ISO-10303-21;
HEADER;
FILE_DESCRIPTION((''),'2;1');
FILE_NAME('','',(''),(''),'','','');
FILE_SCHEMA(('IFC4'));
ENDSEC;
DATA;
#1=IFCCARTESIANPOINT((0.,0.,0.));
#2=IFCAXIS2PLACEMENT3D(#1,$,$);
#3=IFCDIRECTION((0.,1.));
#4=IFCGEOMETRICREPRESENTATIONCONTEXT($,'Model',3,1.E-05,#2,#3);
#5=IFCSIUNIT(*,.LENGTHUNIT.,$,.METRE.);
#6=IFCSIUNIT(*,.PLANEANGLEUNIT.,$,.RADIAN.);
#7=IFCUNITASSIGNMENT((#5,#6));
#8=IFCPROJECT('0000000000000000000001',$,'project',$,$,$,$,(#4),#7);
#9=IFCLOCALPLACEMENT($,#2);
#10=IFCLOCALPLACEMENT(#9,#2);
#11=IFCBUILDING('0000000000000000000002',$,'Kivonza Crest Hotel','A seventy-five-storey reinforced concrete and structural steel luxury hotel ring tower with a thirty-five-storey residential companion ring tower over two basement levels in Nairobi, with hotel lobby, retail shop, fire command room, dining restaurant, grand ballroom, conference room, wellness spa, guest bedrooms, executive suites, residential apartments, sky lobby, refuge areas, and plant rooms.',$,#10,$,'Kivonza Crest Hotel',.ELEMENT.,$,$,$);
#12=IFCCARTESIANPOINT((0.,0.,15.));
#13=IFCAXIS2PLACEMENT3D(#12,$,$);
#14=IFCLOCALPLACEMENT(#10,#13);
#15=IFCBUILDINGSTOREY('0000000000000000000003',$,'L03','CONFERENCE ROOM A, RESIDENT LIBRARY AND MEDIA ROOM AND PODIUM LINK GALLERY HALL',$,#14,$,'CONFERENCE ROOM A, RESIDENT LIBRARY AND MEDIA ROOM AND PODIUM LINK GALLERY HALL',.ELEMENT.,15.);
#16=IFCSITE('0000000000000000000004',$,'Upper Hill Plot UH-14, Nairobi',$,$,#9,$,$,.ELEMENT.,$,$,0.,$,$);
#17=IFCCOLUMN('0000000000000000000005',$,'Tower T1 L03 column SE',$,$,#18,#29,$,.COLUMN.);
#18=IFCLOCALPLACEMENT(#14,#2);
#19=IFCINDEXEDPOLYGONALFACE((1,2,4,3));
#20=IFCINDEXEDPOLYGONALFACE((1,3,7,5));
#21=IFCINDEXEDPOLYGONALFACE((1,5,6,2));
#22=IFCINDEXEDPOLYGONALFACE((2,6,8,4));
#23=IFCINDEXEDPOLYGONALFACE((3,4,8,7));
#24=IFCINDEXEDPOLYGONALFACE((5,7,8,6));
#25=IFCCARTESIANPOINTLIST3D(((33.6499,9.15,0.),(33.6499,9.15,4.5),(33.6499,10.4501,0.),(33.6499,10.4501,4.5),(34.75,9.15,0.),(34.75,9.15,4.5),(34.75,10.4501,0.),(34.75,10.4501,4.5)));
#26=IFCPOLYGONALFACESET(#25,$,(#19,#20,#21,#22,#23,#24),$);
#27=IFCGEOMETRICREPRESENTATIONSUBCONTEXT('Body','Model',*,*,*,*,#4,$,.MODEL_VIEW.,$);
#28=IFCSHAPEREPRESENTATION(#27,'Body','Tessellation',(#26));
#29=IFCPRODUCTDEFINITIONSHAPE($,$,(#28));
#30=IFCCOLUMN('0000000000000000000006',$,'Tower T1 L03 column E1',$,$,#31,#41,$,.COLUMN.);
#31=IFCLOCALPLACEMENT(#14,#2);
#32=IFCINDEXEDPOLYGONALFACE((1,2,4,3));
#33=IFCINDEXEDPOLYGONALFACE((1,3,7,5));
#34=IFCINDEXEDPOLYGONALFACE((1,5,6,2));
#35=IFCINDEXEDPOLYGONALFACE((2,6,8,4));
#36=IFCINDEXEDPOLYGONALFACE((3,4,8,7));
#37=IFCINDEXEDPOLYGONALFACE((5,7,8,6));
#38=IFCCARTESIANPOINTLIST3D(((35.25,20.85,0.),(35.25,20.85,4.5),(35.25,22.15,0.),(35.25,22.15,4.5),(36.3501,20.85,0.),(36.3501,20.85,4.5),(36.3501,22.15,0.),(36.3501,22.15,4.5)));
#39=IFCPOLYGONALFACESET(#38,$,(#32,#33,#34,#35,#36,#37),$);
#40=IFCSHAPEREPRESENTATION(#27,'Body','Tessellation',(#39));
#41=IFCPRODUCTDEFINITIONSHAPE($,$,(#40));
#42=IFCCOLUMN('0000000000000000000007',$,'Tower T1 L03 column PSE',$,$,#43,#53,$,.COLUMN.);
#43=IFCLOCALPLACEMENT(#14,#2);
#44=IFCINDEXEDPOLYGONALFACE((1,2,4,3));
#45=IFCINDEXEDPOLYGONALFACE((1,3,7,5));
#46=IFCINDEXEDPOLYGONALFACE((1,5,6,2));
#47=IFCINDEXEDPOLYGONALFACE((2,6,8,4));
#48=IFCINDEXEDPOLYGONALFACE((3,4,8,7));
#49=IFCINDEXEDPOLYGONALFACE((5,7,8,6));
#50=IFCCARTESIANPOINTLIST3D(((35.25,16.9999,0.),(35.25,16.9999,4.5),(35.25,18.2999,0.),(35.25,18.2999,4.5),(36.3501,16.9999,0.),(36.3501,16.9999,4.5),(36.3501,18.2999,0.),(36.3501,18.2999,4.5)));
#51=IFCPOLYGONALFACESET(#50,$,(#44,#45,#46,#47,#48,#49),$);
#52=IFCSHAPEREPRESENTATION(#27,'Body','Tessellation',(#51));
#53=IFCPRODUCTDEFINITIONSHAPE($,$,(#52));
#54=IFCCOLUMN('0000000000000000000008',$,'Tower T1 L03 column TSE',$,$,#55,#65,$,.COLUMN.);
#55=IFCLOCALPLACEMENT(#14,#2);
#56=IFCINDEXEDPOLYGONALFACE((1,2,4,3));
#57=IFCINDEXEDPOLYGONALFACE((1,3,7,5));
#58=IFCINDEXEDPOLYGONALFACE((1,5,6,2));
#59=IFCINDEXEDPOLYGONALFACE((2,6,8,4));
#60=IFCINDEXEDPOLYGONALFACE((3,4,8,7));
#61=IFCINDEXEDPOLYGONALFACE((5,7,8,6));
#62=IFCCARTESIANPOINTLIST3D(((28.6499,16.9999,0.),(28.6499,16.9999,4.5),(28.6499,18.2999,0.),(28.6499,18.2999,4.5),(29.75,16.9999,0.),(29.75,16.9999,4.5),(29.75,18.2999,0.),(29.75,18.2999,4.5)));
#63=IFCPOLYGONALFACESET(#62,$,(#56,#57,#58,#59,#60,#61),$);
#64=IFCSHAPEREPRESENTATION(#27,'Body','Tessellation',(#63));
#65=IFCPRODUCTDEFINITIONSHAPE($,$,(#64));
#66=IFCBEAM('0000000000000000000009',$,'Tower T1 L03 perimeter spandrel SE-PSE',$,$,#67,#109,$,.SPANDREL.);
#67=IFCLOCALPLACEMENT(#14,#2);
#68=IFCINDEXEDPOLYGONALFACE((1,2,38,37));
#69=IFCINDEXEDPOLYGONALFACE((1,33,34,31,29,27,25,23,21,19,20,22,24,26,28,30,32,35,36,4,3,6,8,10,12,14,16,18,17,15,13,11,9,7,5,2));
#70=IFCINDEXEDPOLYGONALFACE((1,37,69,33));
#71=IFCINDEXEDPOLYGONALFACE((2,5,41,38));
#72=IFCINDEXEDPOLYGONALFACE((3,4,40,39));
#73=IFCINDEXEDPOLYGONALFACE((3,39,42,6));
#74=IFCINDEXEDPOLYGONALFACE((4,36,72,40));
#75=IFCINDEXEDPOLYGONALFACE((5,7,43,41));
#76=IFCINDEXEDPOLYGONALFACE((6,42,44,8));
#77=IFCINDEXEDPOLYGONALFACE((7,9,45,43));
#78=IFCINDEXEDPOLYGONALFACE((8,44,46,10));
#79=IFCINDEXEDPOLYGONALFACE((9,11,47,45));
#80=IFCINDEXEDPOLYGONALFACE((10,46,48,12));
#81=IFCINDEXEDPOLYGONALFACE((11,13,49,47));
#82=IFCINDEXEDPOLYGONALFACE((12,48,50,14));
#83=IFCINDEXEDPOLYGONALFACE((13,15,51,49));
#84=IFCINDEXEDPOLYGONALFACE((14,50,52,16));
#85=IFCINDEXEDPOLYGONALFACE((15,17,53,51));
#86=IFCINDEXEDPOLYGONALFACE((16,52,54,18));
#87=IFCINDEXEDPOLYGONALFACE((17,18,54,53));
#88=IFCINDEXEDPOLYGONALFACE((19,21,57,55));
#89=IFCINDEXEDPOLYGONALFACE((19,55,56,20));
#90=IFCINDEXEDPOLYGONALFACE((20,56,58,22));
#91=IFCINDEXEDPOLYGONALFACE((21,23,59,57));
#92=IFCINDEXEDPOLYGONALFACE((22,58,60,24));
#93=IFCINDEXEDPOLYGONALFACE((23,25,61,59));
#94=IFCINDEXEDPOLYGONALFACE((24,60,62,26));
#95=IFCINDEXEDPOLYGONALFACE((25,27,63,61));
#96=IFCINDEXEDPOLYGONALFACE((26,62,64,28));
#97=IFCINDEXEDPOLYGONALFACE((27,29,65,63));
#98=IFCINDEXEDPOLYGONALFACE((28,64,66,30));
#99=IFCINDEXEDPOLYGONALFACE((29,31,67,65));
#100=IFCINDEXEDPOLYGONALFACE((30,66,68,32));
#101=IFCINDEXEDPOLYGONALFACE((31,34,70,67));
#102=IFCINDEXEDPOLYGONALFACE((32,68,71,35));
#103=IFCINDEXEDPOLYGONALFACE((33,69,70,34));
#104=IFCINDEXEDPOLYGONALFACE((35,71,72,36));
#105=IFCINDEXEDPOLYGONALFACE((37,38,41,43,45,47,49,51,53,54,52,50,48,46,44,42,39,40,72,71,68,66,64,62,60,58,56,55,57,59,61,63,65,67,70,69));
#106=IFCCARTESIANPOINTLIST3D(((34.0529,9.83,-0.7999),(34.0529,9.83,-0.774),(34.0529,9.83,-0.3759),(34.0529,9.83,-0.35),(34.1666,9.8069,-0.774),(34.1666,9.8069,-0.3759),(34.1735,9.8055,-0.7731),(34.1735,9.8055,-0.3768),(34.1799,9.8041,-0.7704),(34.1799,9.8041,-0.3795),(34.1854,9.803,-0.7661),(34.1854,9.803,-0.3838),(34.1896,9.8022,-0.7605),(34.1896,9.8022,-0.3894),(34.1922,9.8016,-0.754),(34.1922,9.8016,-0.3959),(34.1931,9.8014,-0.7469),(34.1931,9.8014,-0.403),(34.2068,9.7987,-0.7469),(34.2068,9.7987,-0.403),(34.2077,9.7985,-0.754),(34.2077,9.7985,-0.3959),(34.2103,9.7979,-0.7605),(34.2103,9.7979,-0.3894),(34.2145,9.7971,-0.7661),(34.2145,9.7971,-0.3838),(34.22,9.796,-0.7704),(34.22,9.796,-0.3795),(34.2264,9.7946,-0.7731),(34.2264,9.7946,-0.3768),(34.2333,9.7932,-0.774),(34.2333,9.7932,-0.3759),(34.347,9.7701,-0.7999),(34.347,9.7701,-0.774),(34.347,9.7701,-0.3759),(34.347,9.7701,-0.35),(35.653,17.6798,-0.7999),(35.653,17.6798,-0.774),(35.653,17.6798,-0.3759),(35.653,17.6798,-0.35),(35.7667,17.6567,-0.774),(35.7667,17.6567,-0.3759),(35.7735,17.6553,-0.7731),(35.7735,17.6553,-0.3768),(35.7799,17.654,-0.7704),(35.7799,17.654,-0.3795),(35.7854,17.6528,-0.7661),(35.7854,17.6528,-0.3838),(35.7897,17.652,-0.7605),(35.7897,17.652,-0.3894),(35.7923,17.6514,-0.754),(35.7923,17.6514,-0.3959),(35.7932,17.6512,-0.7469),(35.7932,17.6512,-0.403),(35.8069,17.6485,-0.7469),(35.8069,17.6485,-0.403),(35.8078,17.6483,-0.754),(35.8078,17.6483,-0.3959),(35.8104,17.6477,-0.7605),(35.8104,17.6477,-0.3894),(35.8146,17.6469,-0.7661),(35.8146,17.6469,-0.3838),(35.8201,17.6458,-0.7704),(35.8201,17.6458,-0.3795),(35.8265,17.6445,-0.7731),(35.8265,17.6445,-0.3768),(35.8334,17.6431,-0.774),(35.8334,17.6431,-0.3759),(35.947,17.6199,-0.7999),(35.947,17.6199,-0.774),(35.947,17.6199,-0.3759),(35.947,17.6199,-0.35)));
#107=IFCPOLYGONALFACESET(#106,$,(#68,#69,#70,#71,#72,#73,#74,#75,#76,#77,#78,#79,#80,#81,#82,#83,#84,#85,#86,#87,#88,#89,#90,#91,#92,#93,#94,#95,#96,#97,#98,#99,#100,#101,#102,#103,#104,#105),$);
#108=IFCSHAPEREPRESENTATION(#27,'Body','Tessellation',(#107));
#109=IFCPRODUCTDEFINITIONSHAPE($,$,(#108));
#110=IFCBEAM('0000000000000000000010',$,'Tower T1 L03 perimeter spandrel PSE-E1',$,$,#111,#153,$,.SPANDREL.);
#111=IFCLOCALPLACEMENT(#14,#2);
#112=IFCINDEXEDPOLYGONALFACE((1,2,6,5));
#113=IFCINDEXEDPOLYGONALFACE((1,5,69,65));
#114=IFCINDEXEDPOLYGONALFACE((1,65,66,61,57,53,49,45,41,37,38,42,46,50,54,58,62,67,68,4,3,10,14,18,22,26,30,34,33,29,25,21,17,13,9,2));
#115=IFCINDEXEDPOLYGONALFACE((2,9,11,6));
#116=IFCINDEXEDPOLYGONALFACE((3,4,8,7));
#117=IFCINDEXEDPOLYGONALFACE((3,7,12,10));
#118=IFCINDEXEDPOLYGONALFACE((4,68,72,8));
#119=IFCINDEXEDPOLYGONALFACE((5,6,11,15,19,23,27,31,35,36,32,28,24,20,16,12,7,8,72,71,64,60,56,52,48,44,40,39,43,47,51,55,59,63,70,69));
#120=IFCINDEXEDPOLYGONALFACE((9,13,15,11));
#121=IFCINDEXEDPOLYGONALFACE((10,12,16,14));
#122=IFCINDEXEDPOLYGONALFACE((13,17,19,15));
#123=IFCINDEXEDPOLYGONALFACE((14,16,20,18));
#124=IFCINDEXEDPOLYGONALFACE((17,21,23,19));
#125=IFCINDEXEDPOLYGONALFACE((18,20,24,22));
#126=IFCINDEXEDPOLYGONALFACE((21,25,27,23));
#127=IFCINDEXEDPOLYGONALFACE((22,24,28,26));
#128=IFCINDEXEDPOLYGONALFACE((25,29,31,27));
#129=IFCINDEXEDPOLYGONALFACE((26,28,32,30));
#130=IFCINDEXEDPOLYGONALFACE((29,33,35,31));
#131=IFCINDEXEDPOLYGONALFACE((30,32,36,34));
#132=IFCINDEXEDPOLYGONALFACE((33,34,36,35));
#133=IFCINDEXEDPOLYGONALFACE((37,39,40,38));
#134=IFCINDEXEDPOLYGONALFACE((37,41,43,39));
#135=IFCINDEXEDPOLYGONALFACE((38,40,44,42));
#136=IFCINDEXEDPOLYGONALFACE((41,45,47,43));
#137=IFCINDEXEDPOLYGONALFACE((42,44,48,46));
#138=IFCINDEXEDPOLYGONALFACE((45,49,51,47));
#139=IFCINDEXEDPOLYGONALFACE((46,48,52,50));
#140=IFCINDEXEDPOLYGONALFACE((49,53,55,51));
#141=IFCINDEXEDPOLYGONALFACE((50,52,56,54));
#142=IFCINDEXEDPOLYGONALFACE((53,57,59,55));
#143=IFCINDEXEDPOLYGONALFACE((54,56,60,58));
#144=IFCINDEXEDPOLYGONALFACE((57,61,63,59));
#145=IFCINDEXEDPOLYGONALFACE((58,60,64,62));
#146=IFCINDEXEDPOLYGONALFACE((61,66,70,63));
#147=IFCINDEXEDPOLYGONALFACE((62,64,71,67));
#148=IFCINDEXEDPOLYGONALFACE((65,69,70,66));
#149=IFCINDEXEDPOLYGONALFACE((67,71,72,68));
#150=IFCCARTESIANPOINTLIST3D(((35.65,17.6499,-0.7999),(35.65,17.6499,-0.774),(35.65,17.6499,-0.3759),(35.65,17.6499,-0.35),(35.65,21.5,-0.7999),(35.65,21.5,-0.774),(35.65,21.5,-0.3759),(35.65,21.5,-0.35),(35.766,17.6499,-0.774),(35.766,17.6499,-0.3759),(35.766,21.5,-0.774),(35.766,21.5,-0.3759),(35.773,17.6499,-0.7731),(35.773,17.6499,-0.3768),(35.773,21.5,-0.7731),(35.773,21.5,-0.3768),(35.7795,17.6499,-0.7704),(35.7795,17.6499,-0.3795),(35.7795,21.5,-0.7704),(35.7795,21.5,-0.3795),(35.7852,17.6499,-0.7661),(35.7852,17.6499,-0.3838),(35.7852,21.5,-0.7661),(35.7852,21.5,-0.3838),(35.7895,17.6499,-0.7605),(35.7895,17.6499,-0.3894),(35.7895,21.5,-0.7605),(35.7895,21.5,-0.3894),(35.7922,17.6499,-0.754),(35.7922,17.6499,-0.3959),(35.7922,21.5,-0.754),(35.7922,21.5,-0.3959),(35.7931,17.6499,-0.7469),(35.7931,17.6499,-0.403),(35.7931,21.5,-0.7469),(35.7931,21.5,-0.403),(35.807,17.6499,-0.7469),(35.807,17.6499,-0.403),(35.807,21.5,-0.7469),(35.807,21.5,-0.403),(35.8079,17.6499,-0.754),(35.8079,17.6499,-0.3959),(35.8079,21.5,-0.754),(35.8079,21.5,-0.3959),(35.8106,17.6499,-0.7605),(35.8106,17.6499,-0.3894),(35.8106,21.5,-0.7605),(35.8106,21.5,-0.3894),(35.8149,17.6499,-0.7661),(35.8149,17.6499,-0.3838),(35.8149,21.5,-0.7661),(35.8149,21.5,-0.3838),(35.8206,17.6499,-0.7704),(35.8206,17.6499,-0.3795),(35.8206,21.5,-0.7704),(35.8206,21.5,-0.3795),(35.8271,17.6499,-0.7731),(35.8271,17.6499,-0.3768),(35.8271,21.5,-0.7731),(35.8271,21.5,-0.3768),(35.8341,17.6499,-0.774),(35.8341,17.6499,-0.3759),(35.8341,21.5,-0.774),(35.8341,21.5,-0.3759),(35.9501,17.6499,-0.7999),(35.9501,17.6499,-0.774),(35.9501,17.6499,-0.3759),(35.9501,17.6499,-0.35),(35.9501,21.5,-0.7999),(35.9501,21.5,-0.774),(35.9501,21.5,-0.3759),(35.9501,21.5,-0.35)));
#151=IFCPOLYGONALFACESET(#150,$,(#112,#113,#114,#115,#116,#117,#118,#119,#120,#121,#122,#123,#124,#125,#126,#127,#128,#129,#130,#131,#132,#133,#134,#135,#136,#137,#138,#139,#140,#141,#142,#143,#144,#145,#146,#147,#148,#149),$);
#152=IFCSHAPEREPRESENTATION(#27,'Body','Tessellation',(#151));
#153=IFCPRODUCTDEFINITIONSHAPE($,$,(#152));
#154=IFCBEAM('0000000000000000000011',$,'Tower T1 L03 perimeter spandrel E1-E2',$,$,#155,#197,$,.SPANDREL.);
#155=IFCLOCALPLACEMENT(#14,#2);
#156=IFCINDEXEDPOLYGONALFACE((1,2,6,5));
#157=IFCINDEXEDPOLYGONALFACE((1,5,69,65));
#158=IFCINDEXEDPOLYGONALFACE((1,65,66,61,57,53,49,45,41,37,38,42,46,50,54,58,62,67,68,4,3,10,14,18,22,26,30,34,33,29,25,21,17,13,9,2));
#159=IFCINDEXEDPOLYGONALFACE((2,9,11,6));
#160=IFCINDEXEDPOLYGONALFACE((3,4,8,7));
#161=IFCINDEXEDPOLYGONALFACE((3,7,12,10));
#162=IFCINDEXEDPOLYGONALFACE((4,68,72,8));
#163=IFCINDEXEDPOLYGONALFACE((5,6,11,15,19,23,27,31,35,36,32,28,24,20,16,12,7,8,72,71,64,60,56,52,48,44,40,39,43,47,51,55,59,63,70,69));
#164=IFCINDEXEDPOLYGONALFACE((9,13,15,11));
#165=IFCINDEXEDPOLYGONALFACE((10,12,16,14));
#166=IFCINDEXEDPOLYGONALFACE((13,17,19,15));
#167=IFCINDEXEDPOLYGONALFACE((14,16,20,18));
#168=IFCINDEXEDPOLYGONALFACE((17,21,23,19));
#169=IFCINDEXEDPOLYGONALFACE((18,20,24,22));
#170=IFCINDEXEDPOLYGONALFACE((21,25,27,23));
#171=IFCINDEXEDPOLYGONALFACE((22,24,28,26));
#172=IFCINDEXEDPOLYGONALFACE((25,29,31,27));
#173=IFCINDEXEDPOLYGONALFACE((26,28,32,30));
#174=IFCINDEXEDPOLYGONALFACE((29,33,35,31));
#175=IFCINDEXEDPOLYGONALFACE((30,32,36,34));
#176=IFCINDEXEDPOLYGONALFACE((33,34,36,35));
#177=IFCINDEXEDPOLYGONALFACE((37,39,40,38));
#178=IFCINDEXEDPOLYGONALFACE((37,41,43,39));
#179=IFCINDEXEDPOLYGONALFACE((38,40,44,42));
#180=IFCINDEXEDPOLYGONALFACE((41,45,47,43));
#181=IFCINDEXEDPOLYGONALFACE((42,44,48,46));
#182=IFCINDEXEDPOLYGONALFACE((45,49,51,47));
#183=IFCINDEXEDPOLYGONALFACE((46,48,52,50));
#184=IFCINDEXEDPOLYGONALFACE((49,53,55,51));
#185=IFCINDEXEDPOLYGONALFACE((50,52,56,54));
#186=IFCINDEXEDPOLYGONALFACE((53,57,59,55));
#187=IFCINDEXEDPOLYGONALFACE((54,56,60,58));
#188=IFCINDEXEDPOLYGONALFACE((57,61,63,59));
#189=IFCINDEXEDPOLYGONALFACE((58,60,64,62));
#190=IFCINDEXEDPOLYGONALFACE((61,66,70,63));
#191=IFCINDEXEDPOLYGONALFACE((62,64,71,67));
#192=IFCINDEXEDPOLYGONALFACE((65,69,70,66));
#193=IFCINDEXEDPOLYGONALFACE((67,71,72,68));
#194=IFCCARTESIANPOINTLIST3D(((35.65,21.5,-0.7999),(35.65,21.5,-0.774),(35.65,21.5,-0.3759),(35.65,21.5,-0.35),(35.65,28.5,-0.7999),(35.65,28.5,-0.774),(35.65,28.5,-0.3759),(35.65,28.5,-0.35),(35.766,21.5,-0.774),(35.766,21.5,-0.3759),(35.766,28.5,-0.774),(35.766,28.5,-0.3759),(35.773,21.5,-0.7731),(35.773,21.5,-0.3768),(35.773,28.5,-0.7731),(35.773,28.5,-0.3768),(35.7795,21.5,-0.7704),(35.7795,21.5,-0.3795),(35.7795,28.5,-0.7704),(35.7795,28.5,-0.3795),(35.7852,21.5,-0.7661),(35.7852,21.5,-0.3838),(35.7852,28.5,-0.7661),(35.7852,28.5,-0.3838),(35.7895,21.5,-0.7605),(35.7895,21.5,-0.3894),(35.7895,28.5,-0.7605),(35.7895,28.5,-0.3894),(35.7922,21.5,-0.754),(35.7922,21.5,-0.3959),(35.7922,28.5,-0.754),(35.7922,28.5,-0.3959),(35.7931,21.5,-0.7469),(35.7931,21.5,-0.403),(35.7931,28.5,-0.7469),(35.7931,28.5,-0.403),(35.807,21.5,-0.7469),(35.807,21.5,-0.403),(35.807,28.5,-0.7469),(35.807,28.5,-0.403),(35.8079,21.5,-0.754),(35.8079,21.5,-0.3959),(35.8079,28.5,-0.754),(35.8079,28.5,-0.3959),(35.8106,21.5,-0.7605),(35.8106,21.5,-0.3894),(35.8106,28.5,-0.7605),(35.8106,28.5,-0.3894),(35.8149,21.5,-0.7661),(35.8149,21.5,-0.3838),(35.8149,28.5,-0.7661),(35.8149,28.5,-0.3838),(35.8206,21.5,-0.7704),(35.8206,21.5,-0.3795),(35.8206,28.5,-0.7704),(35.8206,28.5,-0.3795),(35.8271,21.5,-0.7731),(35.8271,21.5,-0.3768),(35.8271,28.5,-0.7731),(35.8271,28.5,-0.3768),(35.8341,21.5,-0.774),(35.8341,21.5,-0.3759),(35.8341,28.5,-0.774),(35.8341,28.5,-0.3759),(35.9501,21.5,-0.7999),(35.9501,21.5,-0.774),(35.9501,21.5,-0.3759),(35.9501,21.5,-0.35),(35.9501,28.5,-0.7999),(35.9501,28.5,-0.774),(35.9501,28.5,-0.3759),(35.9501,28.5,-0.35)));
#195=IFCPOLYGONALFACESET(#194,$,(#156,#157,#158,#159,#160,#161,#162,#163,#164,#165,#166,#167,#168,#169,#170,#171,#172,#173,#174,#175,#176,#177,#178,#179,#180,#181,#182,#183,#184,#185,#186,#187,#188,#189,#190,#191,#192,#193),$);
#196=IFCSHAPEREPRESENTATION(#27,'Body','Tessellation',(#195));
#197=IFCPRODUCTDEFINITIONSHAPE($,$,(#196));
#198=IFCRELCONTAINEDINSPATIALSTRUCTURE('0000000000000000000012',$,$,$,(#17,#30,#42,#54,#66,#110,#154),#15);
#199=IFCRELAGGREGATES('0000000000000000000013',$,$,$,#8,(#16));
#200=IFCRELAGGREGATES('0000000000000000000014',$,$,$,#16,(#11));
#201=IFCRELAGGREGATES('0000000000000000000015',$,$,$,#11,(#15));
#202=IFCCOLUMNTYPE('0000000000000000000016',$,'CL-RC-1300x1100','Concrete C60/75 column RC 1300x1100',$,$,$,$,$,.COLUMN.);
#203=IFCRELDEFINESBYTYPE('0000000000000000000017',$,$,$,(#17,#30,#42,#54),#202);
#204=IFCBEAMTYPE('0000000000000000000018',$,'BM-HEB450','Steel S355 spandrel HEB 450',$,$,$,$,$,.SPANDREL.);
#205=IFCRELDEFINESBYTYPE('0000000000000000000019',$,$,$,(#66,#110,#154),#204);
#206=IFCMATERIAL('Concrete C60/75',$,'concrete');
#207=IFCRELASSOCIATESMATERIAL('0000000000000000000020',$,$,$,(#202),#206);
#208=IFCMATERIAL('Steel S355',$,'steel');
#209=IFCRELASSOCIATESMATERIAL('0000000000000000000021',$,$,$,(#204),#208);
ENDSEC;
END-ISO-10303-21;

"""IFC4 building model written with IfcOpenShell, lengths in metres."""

from ifc_helpers import new_model, si_unit, direction, frame, origin, origin_2d, place, context, subcontext, project, spatial, rectangle, i_section, extrude, material, material_profile, profile_set, type_object, element, save


model = new_model("IFC4")

# Units and contexts
model_context = context("Model", 3, precision=1e-05, world=origin(), true_north=direction((0.0, 1.0)))
body_context = subcontext(model_context, "Body", "Model", "MODEL_VIEW")
ifc_project = project(units=[si_unit("LENGTHUNIT", "METRE"), si_unit("PLANEANGLEUNIT", "RADIAN")], contexts=[model_context])

# Site, building, storey
site_placement = place(None, origin())
site = spatial("IfcSite", under=ifc_project, at=site_placement, Name="Upper Hill Plot UH-14, Nairobi", CompositionType="ELEMENT", RefElevation=0.0)
building_placement = place(site_placement, origin())
building = spatial("IfcBuilding", under=site, at=building_placement, Name="Kivonza Crest Hotel", Description="A seventy-five-storey reinforced concrete and structural steel luxury hotel ring tower with a thirty-five-storey residential companion ring tower over two basement levels in Nairobi, with hotel lobby, retail shop, fire command room, dining restaurant, grand ballroom, conference room, wellness spa, guest bedrooms, executive suites, residential apartments, sky lobby, refuge areas, and plant rooms.", LongName="Kivonza Crest Hotel", CompositionType="ELEMENT")
storey_placement = place(building_placement, frame((0.0, 0.0, 15.0)))
storey = spatial("IfcBuildingStorey", under=building, at=storey_placement, Name="L03", Description="CONFERENCE ROOM A, RESIDENT LIBRARY AND MEDIA ROOM AND PODIUM LINK GALLERY HALL", LongName="CONFERENCE ROOM A, RESIDENT LIBRARY AND MEDIA ROOM AND PODIUM LINK GALLERY HALL", CompositionType="ELEMENT", Elevation=15.0)

# Columns
ifc_material_1 = material(Name="Concrete C60/75", Category="concrete")
ifc_material_profile_1 = material_profile(ifc_material_1, rectangle(XDim=1.1001, YDim=1.3, at=origin_2d()), Name="RC 1300x1100")
ifc_profile_set_1 = profile_set([ifc_material_profile_1], Name="Concrete C60/75")
column_type = type_object("IfcColumnType", Name="CL-RC-1300x1100", Description="Concrete C60/75 column RC 1300x1100", PredefinedType="COLUMN", material=ifc_profile_set_1)
for number, where, z_axis, x_axis, name in (
    (1, (34.2, 9.8, 0.0), (0.0, 0.0, 1.0), (1.0, 0.0, 0.0), "Tower T1 L03 column SE"),
    (2, (35.8, 21.5, 0.0), (0.0, 0.0, 1.0), (1.0, 0.0, 0.0), "Tower T1 L03 column E1"),
    (3, (35.8, 17.6499, 0.0), (0.0, 0.0, 1.0), (1.0, 0.0, 0.0), "Tower T1 L03 column PSE"),
    (4, (29.2, 17.6499, 0.0), (0.0, 0.0, 1.0), (1.0, 0.0, 0.0), "Tower T1 L03 column TSE"),
):
    element("IfcColumn", number, at=place(storey_placement, frame(where, z_axis=z_axis, x_axis=x_axis)), inside=storey, type_object=column_type, Name=name, PredefinedType="COLUMN", context=body_context, shape_type="SweptSolid", body=[
        extrude(rectangle(XDim=1.1001, YDim=1.3, at=origin_2d()), origin(), (0.0, 0.0, 1.0), 4.5),
    ])

# Beams
ifc_material_2 = material(Name="Steel S355", Category="steel")
ifc_material_profile_2 = material_profile(ifc_material_2, i_section(OverallWidth=0.3, OverallDepth=0.45, WebThickness=0.0139, FlangeThickness=0.0259, FilletRadius=0.0271, at=origin_2d()), Name="HEB 450")
ifc_profile_set_2 = profile_set([ifc_material_profile_2], Name="Steel S355")
beam_type_1 = type_object("IfcBeamType", Name="BM-HEB450", Description="Steel S355 spandrel HEB 450", PredefinedType="SPANDREL", material=ifc_profile_set_2)
beam_1_placement = place(storey_placement, frame((34.2, 9.8, -0.575), z_axis=(0.199731, 0.979851, 0.0), x_axis=(-0.979851, 0.199731, 0.0)))
element("IfcBeam", 5, at=beam_1_placement, inside=storey, type_object=beam_type_1, Name="Tower T1 L03 perimeter spandrel SE-PSE", PredefinedType="SPANDREL", context=body_context, shape_type="SweptSolid", body=[
    extrude(i_section(OverallWidth=0.3, OverallDepth=0.45, WebThickness=0.0139, FlangeThickness=0.0259, FilletRadius=0.0271, at=origin_2d()), origin(), (0.0, 0.0, 1.0), 8.0112),
])
beam_2_placement = place(storey_placement, frame((35.8, 17.6499, -0.575), z_axis=(0.0, 1.0, 0.0), x_axis=(-1.0, 0.0, 0.0)))
element("IfcBeam", 6, at=beam_2_placement, inside=storey, type_object=beam_type_1, Name="Tower T1 L03 perimeter spandrel PSE-E1", PredefinedType="SPANDREL", context=body_context, shape_type="SweptSolid", body=[
    extrude(i_section(OverallWidth=0.3, OverallDepth=0.45, WebThickness=0.0139, FlangeThickness=0.0259, FilletRadius=0.0271, at=origin_2d()), origin(), (0.0, 0.0, 1.0), 3.8501),
])
beam_3_placement = place(storey_placement, frame((35.8, 21.5, -0.575), z_axis=(0.0, 1.0, 0.0), x_axis=(-1.0, 0.0, 0.0)))
element("IfcBeam", 7, at=beam_3_placement, inside=storey, type_object=beam_type_1, Name="Tower T1 L03 perimeter spandrel E1-E2", PredefinedType="SPANDREL", context=body_context, shape_type="SweptSolid", body=[
    extrude(i_section(OverallWidth=0.3, OverallDepth=0.45, WebThickness=0.0139, FlangeThickness=0.0259, FilletRadius=0.0271, at=origin_2d()), origin(), (0.0, 0.0, 1.0), 7.0),
])

save(model, "model.ifc")
